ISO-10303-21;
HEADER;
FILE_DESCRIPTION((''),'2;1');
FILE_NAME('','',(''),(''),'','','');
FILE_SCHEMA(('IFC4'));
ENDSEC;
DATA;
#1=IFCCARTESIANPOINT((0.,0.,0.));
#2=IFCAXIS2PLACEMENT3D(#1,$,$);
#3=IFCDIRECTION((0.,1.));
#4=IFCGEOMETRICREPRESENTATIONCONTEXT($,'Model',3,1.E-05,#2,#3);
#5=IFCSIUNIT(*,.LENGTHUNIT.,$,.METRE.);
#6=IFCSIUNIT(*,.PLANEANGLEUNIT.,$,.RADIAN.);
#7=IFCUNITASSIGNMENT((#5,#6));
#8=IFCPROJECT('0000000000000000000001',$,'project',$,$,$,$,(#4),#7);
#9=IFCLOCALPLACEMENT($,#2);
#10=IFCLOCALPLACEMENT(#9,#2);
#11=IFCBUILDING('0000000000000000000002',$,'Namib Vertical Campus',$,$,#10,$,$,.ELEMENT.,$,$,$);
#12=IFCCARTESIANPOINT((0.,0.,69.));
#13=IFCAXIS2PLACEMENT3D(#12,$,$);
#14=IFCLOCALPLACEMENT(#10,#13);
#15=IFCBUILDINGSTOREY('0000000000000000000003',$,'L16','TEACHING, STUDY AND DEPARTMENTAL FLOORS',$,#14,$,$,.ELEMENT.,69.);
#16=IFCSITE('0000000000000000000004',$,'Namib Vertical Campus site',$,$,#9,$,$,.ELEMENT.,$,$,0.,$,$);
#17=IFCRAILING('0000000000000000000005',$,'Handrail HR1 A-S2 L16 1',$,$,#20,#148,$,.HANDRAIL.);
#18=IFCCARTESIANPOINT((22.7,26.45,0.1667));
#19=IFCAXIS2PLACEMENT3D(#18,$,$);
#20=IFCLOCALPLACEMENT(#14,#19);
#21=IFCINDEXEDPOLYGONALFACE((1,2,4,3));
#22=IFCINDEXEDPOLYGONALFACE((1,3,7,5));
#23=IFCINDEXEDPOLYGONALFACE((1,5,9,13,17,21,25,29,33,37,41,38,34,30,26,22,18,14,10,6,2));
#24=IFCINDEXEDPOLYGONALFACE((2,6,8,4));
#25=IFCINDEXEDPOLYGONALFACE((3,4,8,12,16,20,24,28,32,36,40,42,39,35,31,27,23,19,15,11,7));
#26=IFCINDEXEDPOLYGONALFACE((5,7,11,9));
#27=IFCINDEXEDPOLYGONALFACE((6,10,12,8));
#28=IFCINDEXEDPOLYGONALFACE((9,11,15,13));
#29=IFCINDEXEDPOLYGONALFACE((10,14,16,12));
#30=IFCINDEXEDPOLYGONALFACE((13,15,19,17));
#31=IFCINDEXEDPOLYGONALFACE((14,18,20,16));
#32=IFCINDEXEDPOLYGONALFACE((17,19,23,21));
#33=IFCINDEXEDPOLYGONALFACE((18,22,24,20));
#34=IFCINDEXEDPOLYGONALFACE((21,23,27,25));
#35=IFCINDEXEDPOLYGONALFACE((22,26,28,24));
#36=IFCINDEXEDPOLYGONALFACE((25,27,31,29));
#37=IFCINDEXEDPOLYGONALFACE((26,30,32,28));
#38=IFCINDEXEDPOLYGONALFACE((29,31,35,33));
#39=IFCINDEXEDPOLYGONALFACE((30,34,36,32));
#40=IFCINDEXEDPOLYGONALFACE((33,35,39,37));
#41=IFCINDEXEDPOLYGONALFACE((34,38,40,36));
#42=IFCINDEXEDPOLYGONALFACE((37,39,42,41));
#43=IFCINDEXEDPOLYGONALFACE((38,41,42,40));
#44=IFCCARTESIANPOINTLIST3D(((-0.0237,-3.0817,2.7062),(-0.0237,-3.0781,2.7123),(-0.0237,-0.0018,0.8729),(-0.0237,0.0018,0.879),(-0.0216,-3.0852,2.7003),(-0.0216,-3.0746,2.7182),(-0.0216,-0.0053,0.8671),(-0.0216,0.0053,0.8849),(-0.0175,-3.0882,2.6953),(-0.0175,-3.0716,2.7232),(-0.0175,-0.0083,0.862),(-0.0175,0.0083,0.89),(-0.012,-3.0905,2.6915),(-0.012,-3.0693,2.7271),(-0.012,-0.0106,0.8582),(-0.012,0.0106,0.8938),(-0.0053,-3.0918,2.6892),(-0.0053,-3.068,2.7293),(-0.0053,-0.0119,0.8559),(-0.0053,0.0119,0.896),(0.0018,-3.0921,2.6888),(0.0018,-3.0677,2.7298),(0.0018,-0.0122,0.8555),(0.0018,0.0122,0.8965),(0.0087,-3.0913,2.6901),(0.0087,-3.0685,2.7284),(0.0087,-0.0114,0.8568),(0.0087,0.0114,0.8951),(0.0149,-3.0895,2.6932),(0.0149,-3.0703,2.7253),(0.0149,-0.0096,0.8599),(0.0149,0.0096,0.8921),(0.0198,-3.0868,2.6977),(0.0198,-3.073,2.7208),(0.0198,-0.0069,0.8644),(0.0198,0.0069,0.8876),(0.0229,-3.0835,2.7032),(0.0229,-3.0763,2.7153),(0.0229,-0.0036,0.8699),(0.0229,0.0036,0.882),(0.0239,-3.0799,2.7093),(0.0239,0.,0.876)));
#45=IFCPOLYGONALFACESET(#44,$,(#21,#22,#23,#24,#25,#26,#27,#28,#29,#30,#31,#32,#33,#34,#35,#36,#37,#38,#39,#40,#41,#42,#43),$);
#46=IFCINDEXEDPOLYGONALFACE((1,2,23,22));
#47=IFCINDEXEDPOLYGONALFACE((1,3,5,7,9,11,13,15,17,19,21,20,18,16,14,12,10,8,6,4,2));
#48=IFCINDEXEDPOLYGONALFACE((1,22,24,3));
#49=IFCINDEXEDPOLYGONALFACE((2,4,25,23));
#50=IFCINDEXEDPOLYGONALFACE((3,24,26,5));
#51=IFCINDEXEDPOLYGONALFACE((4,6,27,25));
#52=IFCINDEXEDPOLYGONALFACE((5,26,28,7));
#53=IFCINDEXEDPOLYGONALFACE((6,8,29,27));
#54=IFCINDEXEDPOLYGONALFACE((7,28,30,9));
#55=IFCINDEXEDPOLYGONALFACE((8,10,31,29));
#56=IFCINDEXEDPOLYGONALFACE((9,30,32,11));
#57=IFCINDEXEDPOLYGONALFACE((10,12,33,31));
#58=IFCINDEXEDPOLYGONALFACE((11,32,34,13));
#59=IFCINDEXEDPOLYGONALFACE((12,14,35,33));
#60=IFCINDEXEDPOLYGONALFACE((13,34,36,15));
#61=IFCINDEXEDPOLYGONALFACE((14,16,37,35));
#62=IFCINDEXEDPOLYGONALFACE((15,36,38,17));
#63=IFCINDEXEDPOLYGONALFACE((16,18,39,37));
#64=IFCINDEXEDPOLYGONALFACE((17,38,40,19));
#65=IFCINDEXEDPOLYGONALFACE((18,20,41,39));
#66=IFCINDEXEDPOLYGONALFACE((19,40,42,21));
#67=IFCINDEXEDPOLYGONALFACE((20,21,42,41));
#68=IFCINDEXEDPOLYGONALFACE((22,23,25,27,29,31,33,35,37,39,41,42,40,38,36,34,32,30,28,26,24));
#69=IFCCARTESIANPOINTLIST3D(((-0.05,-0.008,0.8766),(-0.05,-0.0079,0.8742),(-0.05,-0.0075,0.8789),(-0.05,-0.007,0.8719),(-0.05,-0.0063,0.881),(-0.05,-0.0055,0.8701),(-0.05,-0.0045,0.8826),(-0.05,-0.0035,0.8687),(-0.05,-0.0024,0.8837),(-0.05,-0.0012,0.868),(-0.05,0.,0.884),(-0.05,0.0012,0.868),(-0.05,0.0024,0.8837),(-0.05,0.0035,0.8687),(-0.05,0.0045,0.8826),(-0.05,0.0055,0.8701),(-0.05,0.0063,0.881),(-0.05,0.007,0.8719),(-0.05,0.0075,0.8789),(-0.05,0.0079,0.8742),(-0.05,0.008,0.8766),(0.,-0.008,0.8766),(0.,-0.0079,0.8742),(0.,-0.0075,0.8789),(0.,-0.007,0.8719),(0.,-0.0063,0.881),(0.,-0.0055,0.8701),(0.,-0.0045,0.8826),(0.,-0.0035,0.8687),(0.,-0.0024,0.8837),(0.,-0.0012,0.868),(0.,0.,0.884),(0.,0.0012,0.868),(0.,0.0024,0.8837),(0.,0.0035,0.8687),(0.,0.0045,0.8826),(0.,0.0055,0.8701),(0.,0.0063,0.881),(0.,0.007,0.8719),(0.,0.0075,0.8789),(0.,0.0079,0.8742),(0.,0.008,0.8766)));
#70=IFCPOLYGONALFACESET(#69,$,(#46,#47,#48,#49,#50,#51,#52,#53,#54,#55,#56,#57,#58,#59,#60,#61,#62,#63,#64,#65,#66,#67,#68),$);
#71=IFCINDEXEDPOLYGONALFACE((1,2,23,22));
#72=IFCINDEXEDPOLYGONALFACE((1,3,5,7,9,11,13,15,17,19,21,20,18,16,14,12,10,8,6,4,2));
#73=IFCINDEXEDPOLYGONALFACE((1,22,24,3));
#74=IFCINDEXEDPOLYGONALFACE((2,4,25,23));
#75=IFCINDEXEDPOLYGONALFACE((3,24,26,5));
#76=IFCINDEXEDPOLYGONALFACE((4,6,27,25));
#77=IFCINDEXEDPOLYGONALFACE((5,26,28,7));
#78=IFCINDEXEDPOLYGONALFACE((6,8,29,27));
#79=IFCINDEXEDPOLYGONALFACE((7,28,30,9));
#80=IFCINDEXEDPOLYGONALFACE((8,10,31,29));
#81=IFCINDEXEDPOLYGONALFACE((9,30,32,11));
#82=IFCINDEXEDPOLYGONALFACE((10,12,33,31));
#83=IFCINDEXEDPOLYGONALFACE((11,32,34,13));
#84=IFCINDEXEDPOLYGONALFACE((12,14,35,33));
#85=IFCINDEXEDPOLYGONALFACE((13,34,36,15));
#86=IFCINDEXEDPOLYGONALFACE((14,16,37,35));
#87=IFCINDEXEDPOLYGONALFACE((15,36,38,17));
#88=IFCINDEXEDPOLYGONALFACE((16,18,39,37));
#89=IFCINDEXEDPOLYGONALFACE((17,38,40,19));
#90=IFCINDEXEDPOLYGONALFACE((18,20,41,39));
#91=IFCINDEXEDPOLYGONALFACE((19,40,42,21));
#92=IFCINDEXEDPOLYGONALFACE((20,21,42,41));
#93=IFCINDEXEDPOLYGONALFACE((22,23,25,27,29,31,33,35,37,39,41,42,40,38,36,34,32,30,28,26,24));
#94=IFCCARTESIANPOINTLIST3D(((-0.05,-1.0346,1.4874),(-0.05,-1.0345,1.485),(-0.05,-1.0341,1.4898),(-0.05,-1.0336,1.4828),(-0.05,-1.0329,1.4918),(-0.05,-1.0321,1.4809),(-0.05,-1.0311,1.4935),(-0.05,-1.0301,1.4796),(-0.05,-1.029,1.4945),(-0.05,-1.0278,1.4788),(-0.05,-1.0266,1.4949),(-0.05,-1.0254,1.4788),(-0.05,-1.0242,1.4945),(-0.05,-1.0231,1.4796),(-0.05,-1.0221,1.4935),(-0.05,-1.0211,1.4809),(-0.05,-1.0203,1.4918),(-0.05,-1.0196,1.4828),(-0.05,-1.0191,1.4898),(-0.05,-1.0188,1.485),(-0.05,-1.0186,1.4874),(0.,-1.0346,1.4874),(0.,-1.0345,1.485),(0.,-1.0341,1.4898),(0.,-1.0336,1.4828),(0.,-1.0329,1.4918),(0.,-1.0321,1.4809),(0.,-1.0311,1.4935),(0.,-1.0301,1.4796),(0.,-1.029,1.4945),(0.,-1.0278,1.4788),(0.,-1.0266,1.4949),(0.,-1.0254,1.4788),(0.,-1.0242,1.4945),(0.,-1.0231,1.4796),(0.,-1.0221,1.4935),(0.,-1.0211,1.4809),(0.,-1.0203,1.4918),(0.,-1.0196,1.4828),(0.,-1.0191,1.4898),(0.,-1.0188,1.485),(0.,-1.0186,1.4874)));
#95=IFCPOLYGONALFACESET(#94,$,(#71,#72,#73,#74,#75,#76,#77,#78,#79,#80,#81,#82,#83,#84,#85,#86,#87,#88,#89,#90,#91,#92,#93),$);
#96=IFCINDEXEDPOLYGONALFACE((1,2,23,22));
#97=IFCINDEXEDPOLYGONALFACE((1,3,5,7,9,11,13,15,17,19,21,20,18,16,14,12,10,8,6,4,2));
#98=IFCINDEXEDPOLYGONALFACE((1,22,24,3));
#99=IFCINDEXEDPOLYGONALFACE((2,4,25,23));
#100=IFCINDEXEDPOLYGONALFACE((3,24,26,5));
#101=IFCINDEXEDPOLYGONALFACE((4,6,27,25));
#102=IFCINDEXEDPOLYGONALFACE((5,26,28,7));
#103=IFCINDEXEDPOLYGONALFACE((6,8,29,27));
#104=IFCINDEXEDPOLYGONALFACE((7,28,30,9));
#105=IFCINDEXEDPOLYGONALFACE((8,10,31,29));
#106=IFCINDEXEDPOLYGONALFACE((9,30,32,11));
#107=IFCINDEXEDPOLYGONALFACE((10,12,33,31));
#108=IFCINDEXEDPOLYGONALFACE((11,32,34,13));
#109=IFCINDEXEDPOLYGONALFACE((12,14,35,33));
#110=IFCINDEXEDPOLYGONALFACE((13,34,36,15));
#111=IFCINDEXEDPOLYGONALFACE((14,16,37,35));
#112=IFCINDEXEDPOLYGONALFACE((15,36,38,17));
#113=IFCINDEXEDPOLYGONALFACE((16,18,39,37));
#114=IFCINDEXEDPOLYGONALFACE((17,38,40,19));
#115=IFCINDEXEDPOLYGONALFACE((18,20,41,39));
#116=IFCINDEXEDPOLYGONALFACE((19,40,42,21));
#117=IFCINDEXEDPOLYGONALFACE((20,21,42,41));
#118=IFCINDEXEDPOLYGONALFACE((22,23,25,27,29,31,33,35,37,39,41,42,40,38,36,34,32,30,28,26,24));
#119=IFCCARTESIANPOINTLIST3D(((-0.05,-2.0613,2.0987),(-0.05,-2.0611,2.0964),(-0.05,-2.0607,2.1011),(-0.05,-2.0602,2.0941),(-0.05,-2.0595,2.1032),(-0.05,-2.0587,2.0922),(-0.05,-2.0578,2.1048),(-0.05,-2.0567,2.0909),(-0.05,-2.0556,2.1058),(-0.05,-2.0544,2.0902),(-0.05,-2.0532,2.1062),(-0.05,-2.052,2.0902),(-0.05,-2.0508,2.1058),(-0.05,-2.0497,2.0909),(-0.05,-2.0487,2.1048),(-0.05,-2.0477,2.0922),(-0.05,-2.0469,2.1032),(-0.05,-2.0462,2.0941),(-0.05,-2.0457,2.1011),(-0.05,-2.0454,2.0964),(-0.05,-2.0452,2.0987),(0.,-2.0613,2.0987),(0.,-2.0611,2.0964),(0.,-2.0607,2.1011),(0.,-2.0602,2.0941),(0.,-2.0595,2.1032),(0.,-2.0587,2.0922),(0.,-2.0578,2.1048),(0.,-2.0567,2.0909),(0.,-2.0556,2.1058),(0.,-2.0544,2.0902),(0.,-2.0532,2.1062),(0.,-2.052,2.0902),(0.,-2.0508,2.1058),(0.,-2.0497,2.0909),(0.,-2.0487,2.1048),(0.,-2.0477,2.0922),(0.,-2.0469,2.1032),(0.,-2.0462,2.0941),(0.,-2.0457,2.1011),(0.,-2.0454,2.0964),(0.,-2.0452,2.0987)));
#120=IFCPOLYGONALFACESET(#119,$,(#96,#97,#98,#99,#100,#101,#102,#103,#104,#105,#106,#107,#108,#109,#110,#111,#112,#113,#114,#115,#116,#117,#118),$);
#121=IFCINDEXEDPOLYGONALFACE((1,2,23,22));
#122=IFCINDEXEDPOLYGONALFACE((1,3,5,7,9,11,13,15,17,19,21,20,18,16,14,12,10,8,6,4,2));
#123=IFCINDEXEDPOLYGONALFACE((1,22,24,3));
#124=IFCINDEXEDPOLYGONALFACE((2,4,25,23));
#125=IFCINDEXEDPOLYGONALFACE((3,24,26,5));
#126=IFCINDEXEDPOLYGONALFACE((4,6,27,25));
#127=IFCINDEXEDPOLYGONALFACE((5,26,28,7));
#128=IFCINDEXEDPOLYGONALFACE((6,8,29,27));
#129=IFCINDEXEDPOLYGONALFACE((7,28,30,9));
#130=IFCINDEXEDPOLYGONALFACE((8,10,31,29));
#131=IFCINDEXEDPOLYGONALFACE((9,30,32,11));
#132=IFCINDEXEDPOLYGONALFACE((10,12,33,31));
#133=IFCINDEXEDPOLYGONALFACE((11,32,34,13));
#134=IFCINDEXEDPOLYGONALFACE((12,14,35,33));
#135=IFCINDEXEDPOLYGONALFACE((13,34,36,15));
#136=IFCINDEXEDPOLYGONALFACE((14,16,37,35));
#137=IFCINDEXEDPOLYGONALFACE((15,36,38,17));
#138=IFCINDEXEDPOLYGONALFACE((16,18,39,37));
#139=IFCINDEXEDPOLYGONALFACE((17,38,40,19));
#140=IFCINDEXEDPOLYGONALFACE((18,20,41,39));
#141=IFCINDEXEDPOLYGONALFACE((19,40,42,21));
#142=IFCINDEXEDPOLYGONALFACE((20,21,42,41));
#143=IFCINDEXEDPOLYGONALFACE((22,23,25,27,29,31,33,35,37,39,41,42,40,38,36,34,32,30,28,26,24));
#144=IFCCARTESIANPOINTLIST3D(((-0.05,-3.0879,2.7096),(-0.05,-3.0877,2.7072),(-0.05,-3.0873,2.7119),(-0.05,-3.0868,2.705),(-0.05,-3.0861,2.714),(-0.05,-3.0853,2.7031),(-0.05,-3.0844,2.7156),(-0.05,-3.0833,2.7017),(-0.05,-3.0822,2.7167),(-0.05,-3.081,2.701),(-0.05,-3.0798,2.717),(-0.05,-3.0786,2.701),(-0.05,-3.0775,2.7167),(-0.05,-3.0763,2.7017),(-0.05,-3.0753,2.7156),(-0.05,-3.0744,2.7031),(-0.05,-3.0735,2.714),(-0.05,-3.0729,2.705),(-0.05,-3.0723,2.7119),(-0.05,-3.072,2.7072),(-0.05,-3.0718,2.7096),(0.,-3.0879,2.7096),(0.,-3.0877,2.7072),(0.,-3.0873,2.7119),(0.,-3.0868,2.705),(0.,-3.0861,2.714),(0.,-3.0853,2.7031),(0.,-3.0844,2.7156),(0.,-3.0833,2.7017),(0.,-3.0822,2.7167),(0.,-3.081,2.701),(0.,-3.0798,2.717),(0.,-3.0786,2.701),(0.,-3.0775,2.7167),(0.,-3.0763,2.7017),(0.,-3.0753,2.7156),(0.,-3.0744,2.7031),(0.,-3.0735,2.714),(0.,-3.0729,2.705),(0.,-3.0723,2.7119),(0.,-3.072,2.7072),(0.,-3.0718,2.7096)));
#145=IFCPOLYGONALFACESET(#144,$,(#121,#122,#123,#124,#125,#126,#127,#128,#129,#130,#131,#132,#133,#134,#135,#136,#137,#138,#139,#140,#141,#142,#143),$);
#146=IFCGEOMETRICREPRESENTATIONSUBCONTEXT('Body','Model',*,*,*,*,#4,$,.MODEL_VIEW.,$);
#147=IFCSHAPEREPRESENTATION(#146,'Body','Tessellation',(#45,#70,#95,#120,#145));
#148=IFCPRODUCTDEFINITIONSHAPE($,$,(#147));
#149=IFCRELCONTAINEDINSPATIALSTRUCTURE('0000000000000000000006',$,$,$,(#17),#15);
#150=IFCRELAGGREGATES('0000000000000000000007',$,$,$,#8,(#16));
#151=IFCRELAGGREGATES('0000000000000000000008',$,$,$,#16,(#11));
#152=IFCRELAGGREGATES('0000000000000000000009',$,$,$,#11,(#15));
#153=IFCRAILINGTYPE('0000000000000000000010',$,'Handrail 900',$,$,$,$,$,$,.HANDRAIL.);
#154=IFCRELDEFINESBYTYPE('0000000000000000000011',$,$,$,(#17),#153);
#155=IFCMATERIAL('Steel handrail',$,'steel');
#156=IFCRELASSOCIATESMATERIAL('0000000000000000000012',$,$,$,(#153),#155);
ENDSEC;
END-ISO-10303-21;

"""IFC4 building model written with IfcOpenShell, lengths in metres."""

from ifc_helpers import new_model, si_unit, direction, frame, origin, origin_2d, place, context, subcontext, project, spatial, circle, extrude, material, type_object, element, save


model = new_model("IFC4")

# Units and contexts
model_context = context("Model", 3, precision=1e-05, world=origin(), true_north=direction((0.0, 1.0)))
body_context = subcontext(model_context, "Body", "Model", "MODEL_VIEW")
ifc_project = project(units=[si_unit("LENGTHUNIT", "METRE"), si_unit("PLANEANGLEUNIT", "RADIAN")], contexts=[model_context])

# Site, building, storey
site_placement = place(None, origin())
site = spatial("IfcSite", under=ifc_project, at=site_placement, Name="Namib Vertical Campus site", CompositionType="ELEMENT", RefElevation=0.0)
building_placement = place(site_placement, origin())
building = spatial("IfcBuilding", under=site, at=building_placement, Name="Namib Vertical Campus", CompositionType="ELEMENT")
storey_placement = place(building_placement, frame((0.0, 0.0, 69.0)))
storey = spatial("IfcBuildingStorey", under=building, at=storey_placement, Name="L16", Description="TEACHING, STUDY AND DEPARTMENTAL FLOORS", CompositionType="ELEMENT", Elevation=69.0)

# Railing
ifc_material_1 = material(Name="Steel handrail", Category="steel")
railing_type_1 = type_object("IfcRailingType", Name="Handrail 900", PredefinedType="HANDRAIL", material=ifc_material_1)
railing_1_placement = place(storey_placement, frame((22.7, 26.45, 0.1667)))
element("IfcRailing", 1, at=railing_1_placement, inside=storey, type_object=railing_type_1, Name="Handrail HR1 A-S2 L16 1", PredefinedType="HANDRAIL", context=body_context, shape_type="SweptSolid", body=[
    extrude(circle(Radius=0.0239, at=origin_2d()), frame((0.0, 0.0, 0.876), z_axis=(0.0, -0.859291, 0.511487), x_axis=(1.0, 0.0, 0.0)), (0.0, 0.0, 1.0), 3.5842),
    extrude(circle(Radius=0.0081, at=origin_2d()), frame((0.0, 0.0, 0.876), z_axis=(-1.0, 0.0, 0.0), x_axis=(0.0, 0.0, 1.0)), (0.0, 0.0, 1.0), 0.05),
    extrude(circle(Radius=0.0081, at=origin_2d()), frame((0.0, -1.0266, 1.4868), z_axis=(-1.0, 0.0, 0.0), x_axis=(0.0, 0.0, 1.0)), (0.0, 0.0, 1.0), 0.05),
    extrude(circle(Radius=0.0081, at=origin_2d()), frame((0.0, -2.0532, 2.0981), z_axis=(-1.0, 0.0, 0.0), x_axis=(0.0, 0.0, 1.0)), (0.0, 0.0, 1.0), 0.05),
    extrude(circle(Radius=0.0081, at=origin_2d()), frame((0.0, -3.0798, 2.709), z_axis=(-1.0, 0.0, 0.0), x_axis=(0.0, 0.0, 1.0)), (0.0, 0.0, 1.0), 0.05),
])

save(model, "model.ifc")
